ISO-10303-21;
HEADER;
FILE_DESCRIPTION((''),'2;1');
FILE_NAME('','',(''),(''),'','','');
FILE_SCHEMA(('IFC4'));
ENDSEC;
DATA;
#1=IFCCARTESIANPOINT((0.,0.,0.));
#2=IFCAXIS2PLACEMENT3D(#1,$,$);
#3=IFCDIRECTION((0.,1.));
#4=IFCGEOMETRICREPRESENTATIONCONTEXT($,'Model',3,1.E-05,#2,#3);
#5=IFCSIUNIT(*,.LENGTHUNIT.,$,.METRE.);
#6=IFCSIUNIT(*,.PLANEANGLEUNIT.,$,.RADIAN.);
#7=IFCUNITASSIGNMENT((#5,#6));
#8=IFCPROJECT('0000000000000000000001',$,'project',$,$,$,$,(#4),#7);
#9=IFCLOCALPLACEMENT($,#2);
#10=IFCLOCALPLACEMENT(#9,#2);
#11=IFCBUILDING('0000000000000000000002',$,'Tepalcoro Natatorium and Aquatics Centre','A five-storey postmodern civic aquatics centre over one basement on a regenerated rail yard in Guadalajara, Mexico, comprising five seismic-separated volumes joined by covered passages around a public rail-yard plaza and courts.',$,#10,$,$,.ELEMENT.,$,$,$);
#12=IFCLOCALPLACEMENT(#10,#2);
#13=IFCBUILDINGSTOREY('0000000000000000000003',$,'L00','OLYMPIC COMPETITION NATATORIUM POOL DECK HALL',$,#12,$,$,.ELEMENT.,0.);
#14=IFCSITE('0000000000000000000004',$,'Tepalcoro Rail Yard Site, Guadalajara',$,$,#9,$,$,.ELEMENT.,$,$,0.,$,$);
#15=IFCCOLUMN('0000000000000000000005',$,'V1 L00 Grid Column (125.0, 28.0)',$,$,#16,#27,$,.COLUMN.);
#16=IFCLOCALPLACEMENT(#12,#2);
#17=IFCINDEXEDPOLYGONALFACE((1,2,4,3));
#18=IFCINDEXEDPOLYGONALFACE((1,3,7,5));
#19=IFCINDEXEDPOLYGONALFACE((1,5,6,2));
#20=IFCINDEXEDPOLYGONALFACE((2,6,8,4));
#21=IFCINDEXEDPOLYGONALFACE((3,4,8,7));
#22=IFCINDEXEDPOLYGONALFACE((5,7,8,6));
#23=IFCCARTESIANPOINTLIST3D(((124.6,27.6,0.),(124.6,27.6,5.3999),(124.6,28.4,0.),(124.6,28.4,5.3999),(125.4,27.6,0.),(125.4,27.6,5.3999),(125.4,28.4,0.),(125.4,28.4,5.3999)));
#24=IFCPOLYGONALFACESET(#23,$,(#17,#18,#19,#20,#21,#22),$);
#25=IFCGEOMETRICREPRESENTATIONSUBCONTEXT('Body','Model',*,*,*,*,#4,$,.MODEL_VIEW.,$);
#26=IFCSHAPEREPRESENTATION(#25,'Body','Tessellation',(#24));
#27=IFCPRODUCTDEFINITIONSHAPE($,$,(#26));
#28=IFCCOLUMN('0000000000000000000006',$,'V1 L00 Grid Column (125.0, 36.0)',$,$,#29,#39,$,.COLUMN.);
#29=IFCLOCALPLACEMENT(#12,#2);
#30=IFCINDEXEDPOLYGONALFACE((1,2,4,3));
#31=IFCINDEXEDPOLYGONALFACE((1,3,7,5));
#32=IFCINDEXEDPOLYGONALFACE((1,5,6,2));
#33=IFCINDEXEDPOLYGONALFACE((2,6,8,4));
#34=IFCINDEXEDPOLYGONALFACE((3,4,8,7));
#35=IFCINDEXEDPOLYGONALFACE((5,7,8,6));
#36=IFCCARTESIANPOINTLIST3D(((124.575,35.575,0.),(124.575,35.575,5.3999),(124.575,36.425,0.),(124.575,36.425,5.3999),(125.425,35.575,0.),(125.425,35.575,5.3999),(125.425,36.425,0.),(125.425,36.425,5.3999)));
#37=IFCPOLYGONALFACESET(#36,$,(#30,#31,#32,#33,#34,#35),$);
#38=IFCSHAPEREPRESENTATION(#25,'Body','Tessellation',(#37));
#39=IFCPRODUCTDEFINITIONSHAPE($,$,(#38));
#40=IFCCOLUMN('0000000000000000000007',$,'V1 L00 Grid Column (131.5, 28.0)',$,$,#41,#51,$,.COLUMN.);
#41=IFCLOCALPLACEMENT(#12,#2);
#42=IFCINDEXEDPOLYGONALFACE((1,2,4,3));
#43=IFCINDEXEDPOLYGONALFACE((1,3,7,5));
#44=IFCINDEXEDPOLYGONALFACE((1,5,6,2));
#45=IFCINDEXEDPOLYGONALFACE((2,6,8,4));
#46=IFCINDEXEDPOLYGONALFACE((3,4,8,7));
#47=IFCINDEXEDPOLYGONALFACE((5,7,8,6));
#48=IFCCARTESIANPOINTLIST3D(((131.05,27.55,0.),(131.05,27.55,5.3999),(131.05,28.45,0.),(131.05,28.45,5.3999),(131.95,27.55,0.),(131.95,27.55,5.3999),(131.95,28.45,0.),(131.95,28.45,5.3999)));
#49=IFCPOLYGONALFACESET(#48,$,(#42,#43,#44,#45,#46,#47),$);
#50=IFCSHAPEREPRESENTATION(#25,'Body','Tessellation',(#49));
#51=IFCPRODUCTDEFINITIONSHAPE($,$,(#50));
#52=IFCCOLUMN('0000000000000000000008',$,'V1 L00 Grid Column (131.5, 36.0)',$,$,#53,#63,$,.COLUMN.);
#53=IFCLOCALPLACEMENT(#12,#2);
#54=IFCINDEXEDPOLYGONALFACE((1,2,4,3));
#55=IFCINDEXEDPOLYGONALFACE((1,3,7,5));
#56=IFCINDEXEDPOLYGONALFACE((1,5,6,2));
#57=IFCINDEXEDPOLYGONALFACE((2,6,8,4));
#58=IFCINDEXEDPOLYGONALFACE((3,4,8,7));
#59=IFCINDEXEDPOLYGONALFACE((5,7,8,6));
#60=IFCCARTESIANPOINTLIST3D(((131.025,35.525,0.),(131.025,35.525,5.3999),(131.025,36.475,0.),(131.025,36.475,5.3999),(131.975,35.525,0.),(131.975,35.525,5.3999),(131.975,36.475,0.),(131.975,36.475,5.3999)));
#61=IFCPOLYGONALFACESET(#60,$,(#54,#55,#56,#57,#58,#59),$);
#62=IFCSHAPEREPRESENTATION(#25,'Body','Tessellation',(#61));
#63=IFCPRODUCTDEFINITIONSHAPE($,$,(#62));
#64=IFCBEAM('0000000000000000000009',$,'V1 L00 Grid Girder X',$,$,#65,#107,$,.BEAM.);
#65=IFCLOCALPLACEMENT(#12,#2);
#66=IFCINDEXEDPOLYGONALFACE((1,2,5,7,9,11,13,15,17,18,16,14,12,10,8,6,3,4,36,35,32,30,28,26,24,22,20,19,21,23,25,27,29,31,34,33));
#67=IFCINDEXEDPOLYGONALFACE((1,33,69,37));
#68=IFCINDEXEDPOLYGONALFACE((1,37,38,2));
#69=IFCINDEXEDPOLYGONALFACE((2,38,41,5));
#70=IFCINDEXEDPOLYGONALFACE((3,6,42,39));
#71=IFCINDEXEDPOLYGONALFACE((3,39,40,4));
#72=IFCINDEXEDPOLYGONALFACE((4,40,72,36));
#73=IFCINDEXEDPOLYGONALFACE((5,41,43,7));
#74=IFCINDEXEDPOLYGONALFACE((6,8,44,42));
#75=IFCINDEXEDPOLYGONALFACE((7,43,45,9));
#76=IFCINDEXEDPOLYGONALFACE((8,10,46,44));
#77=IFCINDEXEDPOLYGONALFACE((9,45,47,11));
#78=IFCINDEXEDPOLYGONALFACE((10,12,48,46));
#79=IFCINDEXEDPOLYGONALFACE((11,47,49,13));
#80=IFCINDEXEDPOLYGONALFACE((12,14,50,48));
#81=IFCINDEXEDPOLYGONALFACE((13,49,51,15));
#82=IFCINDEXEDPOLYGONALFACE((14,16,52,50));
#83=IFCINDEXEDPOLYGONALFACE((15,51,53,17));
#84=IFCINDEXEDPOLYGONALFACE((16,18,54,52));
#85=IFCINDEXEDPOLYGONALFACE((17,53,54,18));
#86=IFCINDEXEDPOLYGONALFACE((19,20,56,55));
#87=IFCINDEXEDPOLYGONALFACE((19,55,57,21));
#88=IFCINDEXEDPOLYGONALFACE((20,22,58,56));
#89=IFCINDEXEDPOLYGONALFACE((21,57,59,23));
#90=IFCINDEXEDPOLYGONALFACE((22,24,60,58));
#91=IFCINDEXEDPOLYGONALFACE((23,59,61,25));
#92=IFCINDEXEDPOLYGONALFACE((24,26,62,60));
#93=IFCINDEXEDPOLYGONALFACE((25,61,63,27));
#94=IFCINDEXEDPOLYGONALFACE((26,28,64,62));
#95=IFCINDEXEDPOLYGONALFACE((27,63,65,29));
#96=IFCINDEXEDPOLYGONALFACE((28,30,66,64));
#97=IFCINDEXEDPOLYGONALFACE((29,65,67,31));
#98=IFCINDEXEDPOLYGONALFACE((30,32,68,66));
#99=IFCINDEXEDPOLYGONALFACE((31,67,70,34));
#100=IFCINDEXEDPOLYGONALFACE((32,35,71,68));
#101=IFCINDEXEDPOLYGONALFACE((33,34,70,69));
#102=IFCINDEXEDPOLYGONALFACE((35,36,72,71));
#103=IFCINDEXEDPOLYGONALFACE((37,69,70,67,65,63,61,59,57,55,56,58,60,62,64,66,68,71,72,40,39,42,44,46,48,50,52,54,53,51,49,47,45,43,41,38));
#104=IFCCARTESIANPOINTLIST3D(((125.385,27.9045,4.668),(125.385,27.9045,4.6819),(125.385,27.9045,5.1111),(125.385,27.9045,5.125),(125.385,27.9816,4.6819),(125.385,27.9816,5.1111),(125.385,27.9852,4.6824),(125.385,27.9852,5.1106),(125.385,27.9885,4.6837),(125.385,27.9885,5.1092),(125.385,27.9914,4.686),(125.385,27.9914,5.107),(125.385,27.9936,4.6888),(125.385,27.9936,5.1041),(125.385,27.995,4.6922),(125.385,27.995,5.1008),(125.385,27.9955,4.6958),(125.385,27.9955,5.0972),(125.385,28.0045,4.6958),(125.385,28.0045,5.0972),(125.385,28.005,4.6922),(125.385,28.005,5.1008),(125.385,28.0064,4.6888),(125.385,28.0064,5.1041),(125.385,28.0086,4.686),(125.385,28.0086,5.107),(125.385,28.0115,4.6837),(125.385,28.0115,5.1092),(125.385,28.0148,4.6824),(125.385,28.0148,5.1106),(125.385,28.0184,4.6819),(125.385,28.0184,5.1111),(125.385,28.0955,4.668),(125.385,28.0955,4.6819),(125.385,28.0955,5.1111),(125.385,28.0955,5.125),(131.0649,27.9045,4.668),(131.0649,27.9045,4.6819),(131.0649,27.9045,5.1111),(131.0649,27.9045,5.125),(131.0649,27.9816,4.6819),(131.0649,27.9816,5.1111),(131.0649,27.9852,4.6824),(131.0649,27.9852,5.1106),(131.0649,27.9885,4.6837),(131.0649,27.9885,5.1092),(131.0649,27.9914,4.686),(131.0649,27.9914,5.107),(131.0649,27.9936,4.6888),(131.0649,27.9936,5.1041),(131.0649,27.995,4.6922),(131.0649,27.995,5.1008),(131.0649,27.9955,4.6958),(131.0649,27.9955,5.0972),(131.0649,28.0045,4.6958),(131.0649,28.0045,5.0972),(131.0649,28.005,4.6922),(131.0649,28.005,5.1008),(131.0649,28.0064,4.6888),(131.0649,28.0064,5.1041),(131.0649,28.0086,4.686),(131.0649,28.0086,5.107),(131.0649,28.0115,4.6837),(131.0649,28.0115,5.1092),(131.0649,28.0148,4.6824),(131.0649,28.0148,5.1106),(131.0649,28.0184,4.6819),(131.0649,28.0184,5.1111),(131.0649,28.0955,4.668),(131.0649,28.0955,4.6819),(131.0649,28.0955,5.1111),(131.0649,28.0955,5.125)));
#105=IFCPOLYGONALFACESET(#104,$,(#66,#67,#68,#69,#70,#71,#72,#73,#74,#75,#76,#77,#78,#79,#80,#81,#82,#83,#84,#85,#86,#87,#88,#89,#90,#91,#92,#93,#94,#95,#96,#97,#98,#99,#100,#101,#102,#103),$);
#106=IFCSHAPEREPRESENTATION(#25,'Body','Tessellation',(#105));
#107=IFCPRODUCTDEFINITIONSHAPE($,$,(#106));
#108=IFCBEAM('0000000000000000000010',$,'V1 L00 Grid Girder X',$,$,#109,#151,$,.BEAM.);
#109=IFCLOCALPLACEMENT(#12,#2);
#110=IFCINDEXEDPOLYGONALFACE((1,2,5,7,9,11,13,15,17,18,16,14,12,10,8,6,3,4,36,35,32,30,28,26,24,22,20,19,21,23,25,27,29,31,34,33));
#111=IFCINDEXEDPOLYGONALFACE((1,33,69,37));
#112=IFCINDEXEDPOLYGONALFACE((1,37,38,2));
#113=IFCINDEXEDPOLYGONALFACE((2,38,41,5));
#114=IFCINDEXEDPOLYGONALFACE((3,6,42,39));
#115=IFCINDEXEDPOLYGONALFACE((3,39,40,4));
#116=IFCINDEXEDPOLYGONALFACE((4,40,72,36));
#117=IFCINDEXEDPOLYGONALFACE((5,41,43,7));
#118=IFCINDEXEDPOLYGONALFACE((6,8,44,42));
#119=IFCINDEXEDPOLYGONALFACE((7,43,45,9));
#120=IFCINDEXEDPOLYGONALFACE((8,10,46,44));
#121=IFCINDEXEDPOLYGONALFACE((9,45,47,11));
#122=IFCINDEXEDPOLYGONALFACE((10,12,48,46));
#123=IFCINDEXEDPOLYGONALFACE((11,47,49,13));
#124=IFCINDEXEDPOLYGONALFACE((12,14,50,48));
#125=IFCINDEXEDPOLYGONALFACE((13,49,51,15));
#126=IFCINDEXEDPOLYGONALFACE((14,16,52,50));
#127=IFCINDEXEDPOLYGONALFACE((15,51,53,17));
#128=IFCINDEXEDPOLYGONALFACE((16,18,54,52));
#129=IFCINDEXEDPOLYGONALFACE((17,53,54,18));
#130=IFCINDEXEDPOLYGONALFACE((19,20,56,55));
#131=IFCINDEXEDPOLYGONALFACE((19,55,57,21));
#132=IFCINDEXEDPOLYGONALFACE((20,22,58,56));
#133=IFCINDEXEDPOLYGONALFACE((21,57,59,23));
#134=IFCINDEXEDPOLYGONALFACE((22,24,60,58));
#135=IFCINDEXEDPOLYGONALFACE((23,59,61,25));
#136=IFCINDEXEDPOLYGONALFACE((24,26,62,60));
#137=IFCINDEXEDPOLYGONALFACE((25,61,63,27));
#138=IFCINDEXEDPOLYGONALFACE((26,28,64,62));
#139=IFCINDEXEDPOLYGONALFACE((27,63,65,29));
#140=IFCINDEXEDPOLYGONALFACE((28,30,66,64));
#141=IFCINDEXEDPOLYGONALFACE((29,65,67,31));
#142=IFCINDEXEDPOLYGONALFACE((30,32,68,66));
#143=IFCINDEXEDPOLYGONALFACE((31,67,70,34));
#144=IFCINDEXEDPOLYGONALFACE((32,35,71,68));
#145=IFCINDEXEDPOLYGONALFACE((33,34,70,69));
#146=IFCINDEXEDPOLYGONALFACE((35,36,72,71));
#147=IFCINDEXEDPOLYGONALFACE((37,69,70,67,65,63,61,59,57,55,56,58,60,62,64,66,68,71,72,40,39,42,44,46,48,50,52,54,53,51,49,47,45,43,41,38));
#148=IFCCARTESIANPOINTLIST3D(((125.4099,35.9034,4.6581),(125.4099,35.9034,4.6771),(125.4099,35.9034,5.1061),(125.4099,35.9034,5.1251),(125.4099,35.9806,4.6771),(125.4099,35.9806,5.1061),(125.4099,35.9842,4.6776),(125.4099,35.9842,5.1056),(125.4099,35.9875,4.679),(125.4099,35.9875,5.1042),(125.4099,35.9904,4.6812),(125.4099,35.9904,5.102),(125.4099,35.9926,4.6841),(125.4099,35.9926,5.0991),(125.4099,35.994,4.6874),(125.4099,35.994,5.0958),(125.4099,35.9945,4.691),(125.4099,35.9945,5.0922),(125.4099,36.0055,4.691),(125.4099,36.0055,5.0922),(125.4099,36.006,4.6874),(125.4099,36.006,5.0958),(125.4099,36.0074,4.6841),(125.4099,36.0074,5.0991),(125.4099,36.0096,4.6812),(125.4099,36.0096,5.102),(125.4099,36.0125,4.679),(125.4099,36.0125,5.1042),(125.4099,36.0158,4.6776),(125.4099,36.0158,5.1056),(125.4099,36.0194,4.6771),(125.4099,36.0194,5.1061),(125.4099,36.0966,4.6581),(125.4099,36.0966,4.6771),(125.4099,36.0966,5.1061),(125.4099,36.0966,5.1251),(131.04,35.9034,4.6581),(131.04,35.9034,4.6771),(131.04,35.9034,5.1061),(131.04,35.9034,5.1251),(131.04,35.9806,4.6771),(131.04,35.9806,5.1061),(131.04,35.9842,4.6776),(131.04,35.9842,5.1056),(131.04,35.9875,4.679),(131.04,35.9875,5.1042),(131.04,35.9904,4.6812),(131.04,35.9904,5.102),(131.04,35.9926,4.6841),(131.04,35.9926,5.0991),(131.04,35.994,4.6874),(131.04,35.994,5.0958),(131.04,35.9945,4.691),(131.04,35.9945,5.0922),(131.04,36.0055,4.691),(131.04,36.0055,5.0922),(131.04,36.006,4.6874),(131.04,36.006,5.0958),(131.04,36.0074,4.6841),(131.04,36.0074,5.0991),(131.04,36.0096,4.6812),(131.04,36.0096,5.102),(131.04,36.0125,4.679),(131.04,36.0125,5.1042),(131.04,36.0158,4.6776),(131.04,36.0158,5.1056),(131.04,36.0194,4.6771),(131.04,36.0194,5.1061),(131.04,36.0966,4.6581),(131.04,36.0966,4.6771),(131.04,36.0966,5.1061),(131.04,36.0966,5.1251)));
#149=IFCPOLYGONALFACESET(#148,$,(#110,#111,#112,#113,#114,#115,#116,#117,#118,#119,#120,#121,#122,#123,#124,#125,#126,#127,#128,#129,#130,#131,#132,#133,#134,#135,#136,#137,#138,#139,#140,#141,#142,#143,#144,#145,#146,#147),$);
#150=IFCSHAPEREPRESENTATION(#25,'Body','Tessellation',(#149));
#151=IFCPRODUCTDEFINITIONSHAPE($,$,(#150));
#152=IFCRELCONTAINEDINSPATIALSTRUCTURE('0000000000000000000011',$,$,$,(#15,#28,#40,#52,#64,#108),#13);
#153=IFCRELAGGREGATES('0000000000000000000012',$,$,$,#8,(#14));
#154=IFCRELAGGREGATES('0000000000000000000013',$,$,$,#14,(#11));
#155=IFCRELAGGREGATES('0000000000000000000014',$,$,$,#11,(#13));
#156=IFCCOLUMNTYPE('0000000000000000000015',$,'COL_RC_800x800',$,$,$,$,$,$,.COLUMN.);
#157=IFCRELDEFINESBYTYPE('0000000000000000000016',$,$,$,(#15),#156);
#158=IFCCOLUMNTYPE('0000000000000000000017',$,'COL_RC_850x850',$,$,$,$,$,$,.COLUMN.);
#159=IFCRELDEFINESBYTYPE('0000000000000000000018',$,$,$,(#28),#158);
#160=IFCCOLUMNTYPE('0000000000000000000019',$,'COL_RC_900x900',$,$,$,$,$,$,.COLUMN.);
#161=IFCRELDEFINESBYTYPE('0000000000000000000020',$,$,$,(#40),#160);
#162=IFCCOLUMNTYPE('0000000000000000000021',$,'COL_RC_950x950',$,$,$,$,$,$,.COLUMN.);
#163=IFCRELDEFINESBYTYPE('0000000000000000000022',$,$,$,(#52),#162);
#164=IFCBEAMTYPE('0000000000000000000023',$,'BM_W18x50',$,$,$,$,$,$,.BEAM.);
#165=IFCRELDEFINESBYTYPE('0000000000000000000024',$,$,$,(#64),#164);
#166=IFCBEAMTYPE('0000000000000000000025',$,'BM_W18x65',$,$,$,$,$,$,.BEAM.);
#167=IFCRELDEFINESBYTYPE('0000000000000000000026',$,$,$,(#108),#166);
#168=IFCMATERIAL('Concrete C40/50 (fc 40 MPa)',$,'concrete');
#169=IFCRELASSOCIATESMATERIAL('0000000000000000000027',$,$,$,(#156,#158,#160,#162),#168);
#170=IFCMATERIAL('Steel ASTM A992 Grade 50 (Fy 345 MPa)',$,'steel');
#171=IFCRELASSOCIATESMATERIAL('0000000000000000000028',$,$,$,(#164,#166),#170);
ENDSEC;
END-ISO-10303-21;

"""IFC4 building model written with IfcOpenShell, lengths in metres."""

from ifc_helpers import new_model, si_unit, direction, frame, origin, origin_2d, place, context, subcontext, project, spatial, rectangle, i_section, extrude, material, material_profile, profile_set, type_object, element, save


model = new_model("IFC4")

# Units and contexts
model_context = context("Model", 3, precision=1e-05, world=origin(), true_north=direction((0.0, 1.0)))
body_context = subcontext(model_context, "Body", "Model", "MODEL_VIEW")
ifc_project = project(units=[si_unit("LENGTHUNIT", "METRE"), si_unit("PLANEANGLEUNIT", "RADIAN")], contexts=[model_context])

# Site, building, storey
site_placement = place(None, origin())
site = spatial("IfcSite", under=ifc_project, at=site_placement, Name="Tepalcoro Rail Yard Site, Guadalajara", CompositionType="ELEMENT", RefElevation=0.0)
building_placement = place(site_placement, origin())
building = spatial("IfcBuilding", under=site, at=building_placement, Name="Tepalcoro Natatorium and Aquatics Centre", Description="A five-storey postmodern civic aquatics centre over one basement on a regenerated rail yard in Guadalajara, Mexico, comprising five seismic-separated volumes joined by covered passages around a public rail-yard plaza and courts.", CompositionType="ELEMENT")
storey_placement = place(building_placement, origin())
storey = spatial("IfcBuildingStorey", under=building, at=storey_placement, Name="L00", Description="OLYMPIC COMPETITION NATATORIUM POOL DECK HALL", CompositionType="ELEMENT", Elevation=0.0)

# Columns
ifc_material_1 = material(Name="Concrete C40/50 (fc 40 MPa)", Category="concrete")
ifc_material_profile_1 = material_profile(ifc_material_1, rectangle(XDim=0.8, YDim=0.8, at=origin_2d()), Name="RC800x800")
ifc_profile_set_1 = profile_set([ifc_material_profile_1], Name="Concrete C40/50 (fc 40 MPa)")
column_type_1 = type_object("IfcColumnType", Name="COL_RC_800x800", PredefinedType="COLUMN", material=ifc_profile_set_1)
column_1_placement = place(storey_placement, frame((125.0, 28.0, 0.0), z_axis=(0.0, 0.0, 1.0), x_axis=(1.0, 0.0, 0.0)))
element("IfcColumn", 1, at=column_1_placement, inside=storey, type_object=column_type_1, Name="V1 L00 Grid Column (125.0, 28.0)", PredefinedType="COLUMN", context=body_context, shape_type="SweptSolid", body=[
    extrude(rectangle(XDim=0.8, YDim=0.8, at=origin_2d()), origin(), (0.0, 0.0, 1.0), 5.3999),
])
ifc_material_profile_2 = material_profile(ifc_material_1, rectangle(XDim=0.8501, YDim=0.8501, at=origin_2d()), Name="RC850x850")
ifc_profile_set_2 = profile_set([ifc_material_profile_2], Name="Concrete C40/50 (fc 40 MPa)")
column_type_2 = type_object("IfcColumnType", Name="COL_RC_850x850", PredefinedType="COLUMN", material=ifc_profile_set_2)
column_2_placement = place(storey_placement, frame((125.0, 36.0, 0.0), z_axis=(0.0, 0.0, 1.0), x_axis=(1.0, 0.0, 0.0)))
element("IfcColumn", 2, at=column_2_placement, inside=storey, type_object=column_type_2, Name="V1 L00 Grid Column (125.0, 36.0)", PredefinedType="COLUMN", context=body_context, shape_type="SweptSolid", body=[
    extrude(rectangle(XDim=0.8501, YDim=0.8501, at=origin_2d()), origin(), (0.0, 0.0, 1.0), 5.3999),
])
ifc_material_profile_3 = material_profile(ifc_material_1, rectangle(XDim=0.8999, YDim=0.8999, at=origin_2d()), Name="RC900x900")
ifc_profile_set_3 = profile_set([ifc_material_profile_3], Name="Concrete C40/50 (fc 40 MPa)")
column_type_3 = type_object("IfcColumnType", Name="COL_RC_900x900", PredefinedType="COLUMN", material=ifc_profile_set_3)
column_3_placement = place(storey_placement, frame((131.5, 28.0, 0.0), z_axis=(0.0, 0.0, 1.0), x_axis=(1.0, 0.0, 0.0)))
element("IfcColumn", 3, at=column_3_placement, inside=storey, type_object=column_type_3, Name="V1 L00 Grid Column (131.5, 28.0)", PredefinedType="COLUMN", context=body_context, shape_type="SweptSolid", body=[
    extrude(rectangle(XDim=0.8999, YDim=0.8999, at=origin_2d()), origin(), (0.0, 0.0, 1.0), 5.3999),
])
ifc_material_profile_4 = material_profile(ifc_material_1, rectangle(XDim=0.95, YDim=0.95, at=origin_2d()), Name="RC950x950")
ifc_profile_set_4 = profile_set([ifc_material_profile_4], Name="Concrete C40/50 (fc 40 MPa)")
column_type_4 = type_object("IfcColumnType", Name="COL_RC_950x950", PredefinedType="COLUMN", material=ifc_profile_set_4)
column_4_placement = place(storey_placement, frame((131.5, 36.0, 0.0), z_axis=(0.0, 0.0, 1.0), x_axis=(1.0, 0.0, 0.0)))
element("IfcColumn", 4, at=column_4_placement, inside=storey, type_object=column_type_4, Name="V1 L00 Grid Column (131.5, 36.0)", PredefinedType="COLUMN", context=body_context, shape_type="SweptSolid", body=[
    extrude(rectangle(XDim=0.95, YDim=0.95, at=origin_2d()), origin(), (0.0, 0.0, 1.0), 5.3999),
])

# Beams
ifc_material_2 = material(Name="Steel ASTM A992 Grade 50 (Fy 345 MPa)", Category="steel")
ifc_material_profile_5 = material_profile(ifc_material_2, i_section(OverallWidth=0.1909, OverallDepth=0.457, WebThickness=0.009, FlangeThickness=0.0139, FilletRadius=0.0139, at=origin_2d()), Name="W18X50")
ifc_profile_set_5 = profile_set([ifc_material_profile_5], Name="Steel ASTM A992 Grade 50 (Fy 345 MPa)")
beam_type_1 = type_object("IfcBeamType", Name="BM_W18x50", PredefinedType="BEAM", material=ifc_profile_set_5)
beam_1_placement = place(storey_placement, frame((125.385, 28.0, 4.8965), z_axis=(1.0, 0.0, 0.0), x_axis=(0.0, 1.0, 0.0)))
element("IfcBeam", 5, at=beam_1_placement, inside=storey, type_object=beam_type_1, Name="V1 L00 Grid Girder X", PredefinedType="BEAM", context=body_context, shape_type="SweptSolid", body=[
    extrude(i_section(OverallWidth=0.1909, OverallDepth=0.457, WebThickness=0.009, FlangeThickness=0.0139, FilletRadius=0.0139, at=origin_2d()), origin(), (0.0, 0.0, 1.0), 5.6799),
])
ifc_material_profile_6 = material_profile(ifc_material_2, i_section(OverallWidth=0.1931, OverallDepth=0.467, WebThickness=0.011, FlangeThickness=0.019, FilletRadius=0.0139, at=origin_2d()), Name="W18X65")
ifc_profile_set_6 = profile_set([ifc_material_profile_6], Name="Steel ASTM A992 Grade 50 (Fy 345 MPa)")
beam_type_2 = type_object("IfcBeamType", Name="BM_W18x65", PredefinedType="BEAM", material=ifc_profile_set_6)
beam_2_placement = place(storey_placement, frame((125.4099, 36.0, 4.8916), z_axis=(1.0, 0.0, 0.0), x_axis=(0.0, 1.0, 0.0)))
element("IfcBeam", 6, at=beam_2_placement, inside=storey, type_object=beam_type_2, Name="V1 L00 Grid Girder X", PredefinedType="BEAM", context=body_context, shape_type="SweptSolid", body=[
    extrude(i_section(OverallWidth=0.1931, OverallDepth=0.467, WebThickness=0.011, FlangeThickness=0.019, FilletRadius=0.0139, at=origin_2d()), origin(), (0.0, 0.0, 1.0), 5.6301),
])

save(model, "model.ifc")
